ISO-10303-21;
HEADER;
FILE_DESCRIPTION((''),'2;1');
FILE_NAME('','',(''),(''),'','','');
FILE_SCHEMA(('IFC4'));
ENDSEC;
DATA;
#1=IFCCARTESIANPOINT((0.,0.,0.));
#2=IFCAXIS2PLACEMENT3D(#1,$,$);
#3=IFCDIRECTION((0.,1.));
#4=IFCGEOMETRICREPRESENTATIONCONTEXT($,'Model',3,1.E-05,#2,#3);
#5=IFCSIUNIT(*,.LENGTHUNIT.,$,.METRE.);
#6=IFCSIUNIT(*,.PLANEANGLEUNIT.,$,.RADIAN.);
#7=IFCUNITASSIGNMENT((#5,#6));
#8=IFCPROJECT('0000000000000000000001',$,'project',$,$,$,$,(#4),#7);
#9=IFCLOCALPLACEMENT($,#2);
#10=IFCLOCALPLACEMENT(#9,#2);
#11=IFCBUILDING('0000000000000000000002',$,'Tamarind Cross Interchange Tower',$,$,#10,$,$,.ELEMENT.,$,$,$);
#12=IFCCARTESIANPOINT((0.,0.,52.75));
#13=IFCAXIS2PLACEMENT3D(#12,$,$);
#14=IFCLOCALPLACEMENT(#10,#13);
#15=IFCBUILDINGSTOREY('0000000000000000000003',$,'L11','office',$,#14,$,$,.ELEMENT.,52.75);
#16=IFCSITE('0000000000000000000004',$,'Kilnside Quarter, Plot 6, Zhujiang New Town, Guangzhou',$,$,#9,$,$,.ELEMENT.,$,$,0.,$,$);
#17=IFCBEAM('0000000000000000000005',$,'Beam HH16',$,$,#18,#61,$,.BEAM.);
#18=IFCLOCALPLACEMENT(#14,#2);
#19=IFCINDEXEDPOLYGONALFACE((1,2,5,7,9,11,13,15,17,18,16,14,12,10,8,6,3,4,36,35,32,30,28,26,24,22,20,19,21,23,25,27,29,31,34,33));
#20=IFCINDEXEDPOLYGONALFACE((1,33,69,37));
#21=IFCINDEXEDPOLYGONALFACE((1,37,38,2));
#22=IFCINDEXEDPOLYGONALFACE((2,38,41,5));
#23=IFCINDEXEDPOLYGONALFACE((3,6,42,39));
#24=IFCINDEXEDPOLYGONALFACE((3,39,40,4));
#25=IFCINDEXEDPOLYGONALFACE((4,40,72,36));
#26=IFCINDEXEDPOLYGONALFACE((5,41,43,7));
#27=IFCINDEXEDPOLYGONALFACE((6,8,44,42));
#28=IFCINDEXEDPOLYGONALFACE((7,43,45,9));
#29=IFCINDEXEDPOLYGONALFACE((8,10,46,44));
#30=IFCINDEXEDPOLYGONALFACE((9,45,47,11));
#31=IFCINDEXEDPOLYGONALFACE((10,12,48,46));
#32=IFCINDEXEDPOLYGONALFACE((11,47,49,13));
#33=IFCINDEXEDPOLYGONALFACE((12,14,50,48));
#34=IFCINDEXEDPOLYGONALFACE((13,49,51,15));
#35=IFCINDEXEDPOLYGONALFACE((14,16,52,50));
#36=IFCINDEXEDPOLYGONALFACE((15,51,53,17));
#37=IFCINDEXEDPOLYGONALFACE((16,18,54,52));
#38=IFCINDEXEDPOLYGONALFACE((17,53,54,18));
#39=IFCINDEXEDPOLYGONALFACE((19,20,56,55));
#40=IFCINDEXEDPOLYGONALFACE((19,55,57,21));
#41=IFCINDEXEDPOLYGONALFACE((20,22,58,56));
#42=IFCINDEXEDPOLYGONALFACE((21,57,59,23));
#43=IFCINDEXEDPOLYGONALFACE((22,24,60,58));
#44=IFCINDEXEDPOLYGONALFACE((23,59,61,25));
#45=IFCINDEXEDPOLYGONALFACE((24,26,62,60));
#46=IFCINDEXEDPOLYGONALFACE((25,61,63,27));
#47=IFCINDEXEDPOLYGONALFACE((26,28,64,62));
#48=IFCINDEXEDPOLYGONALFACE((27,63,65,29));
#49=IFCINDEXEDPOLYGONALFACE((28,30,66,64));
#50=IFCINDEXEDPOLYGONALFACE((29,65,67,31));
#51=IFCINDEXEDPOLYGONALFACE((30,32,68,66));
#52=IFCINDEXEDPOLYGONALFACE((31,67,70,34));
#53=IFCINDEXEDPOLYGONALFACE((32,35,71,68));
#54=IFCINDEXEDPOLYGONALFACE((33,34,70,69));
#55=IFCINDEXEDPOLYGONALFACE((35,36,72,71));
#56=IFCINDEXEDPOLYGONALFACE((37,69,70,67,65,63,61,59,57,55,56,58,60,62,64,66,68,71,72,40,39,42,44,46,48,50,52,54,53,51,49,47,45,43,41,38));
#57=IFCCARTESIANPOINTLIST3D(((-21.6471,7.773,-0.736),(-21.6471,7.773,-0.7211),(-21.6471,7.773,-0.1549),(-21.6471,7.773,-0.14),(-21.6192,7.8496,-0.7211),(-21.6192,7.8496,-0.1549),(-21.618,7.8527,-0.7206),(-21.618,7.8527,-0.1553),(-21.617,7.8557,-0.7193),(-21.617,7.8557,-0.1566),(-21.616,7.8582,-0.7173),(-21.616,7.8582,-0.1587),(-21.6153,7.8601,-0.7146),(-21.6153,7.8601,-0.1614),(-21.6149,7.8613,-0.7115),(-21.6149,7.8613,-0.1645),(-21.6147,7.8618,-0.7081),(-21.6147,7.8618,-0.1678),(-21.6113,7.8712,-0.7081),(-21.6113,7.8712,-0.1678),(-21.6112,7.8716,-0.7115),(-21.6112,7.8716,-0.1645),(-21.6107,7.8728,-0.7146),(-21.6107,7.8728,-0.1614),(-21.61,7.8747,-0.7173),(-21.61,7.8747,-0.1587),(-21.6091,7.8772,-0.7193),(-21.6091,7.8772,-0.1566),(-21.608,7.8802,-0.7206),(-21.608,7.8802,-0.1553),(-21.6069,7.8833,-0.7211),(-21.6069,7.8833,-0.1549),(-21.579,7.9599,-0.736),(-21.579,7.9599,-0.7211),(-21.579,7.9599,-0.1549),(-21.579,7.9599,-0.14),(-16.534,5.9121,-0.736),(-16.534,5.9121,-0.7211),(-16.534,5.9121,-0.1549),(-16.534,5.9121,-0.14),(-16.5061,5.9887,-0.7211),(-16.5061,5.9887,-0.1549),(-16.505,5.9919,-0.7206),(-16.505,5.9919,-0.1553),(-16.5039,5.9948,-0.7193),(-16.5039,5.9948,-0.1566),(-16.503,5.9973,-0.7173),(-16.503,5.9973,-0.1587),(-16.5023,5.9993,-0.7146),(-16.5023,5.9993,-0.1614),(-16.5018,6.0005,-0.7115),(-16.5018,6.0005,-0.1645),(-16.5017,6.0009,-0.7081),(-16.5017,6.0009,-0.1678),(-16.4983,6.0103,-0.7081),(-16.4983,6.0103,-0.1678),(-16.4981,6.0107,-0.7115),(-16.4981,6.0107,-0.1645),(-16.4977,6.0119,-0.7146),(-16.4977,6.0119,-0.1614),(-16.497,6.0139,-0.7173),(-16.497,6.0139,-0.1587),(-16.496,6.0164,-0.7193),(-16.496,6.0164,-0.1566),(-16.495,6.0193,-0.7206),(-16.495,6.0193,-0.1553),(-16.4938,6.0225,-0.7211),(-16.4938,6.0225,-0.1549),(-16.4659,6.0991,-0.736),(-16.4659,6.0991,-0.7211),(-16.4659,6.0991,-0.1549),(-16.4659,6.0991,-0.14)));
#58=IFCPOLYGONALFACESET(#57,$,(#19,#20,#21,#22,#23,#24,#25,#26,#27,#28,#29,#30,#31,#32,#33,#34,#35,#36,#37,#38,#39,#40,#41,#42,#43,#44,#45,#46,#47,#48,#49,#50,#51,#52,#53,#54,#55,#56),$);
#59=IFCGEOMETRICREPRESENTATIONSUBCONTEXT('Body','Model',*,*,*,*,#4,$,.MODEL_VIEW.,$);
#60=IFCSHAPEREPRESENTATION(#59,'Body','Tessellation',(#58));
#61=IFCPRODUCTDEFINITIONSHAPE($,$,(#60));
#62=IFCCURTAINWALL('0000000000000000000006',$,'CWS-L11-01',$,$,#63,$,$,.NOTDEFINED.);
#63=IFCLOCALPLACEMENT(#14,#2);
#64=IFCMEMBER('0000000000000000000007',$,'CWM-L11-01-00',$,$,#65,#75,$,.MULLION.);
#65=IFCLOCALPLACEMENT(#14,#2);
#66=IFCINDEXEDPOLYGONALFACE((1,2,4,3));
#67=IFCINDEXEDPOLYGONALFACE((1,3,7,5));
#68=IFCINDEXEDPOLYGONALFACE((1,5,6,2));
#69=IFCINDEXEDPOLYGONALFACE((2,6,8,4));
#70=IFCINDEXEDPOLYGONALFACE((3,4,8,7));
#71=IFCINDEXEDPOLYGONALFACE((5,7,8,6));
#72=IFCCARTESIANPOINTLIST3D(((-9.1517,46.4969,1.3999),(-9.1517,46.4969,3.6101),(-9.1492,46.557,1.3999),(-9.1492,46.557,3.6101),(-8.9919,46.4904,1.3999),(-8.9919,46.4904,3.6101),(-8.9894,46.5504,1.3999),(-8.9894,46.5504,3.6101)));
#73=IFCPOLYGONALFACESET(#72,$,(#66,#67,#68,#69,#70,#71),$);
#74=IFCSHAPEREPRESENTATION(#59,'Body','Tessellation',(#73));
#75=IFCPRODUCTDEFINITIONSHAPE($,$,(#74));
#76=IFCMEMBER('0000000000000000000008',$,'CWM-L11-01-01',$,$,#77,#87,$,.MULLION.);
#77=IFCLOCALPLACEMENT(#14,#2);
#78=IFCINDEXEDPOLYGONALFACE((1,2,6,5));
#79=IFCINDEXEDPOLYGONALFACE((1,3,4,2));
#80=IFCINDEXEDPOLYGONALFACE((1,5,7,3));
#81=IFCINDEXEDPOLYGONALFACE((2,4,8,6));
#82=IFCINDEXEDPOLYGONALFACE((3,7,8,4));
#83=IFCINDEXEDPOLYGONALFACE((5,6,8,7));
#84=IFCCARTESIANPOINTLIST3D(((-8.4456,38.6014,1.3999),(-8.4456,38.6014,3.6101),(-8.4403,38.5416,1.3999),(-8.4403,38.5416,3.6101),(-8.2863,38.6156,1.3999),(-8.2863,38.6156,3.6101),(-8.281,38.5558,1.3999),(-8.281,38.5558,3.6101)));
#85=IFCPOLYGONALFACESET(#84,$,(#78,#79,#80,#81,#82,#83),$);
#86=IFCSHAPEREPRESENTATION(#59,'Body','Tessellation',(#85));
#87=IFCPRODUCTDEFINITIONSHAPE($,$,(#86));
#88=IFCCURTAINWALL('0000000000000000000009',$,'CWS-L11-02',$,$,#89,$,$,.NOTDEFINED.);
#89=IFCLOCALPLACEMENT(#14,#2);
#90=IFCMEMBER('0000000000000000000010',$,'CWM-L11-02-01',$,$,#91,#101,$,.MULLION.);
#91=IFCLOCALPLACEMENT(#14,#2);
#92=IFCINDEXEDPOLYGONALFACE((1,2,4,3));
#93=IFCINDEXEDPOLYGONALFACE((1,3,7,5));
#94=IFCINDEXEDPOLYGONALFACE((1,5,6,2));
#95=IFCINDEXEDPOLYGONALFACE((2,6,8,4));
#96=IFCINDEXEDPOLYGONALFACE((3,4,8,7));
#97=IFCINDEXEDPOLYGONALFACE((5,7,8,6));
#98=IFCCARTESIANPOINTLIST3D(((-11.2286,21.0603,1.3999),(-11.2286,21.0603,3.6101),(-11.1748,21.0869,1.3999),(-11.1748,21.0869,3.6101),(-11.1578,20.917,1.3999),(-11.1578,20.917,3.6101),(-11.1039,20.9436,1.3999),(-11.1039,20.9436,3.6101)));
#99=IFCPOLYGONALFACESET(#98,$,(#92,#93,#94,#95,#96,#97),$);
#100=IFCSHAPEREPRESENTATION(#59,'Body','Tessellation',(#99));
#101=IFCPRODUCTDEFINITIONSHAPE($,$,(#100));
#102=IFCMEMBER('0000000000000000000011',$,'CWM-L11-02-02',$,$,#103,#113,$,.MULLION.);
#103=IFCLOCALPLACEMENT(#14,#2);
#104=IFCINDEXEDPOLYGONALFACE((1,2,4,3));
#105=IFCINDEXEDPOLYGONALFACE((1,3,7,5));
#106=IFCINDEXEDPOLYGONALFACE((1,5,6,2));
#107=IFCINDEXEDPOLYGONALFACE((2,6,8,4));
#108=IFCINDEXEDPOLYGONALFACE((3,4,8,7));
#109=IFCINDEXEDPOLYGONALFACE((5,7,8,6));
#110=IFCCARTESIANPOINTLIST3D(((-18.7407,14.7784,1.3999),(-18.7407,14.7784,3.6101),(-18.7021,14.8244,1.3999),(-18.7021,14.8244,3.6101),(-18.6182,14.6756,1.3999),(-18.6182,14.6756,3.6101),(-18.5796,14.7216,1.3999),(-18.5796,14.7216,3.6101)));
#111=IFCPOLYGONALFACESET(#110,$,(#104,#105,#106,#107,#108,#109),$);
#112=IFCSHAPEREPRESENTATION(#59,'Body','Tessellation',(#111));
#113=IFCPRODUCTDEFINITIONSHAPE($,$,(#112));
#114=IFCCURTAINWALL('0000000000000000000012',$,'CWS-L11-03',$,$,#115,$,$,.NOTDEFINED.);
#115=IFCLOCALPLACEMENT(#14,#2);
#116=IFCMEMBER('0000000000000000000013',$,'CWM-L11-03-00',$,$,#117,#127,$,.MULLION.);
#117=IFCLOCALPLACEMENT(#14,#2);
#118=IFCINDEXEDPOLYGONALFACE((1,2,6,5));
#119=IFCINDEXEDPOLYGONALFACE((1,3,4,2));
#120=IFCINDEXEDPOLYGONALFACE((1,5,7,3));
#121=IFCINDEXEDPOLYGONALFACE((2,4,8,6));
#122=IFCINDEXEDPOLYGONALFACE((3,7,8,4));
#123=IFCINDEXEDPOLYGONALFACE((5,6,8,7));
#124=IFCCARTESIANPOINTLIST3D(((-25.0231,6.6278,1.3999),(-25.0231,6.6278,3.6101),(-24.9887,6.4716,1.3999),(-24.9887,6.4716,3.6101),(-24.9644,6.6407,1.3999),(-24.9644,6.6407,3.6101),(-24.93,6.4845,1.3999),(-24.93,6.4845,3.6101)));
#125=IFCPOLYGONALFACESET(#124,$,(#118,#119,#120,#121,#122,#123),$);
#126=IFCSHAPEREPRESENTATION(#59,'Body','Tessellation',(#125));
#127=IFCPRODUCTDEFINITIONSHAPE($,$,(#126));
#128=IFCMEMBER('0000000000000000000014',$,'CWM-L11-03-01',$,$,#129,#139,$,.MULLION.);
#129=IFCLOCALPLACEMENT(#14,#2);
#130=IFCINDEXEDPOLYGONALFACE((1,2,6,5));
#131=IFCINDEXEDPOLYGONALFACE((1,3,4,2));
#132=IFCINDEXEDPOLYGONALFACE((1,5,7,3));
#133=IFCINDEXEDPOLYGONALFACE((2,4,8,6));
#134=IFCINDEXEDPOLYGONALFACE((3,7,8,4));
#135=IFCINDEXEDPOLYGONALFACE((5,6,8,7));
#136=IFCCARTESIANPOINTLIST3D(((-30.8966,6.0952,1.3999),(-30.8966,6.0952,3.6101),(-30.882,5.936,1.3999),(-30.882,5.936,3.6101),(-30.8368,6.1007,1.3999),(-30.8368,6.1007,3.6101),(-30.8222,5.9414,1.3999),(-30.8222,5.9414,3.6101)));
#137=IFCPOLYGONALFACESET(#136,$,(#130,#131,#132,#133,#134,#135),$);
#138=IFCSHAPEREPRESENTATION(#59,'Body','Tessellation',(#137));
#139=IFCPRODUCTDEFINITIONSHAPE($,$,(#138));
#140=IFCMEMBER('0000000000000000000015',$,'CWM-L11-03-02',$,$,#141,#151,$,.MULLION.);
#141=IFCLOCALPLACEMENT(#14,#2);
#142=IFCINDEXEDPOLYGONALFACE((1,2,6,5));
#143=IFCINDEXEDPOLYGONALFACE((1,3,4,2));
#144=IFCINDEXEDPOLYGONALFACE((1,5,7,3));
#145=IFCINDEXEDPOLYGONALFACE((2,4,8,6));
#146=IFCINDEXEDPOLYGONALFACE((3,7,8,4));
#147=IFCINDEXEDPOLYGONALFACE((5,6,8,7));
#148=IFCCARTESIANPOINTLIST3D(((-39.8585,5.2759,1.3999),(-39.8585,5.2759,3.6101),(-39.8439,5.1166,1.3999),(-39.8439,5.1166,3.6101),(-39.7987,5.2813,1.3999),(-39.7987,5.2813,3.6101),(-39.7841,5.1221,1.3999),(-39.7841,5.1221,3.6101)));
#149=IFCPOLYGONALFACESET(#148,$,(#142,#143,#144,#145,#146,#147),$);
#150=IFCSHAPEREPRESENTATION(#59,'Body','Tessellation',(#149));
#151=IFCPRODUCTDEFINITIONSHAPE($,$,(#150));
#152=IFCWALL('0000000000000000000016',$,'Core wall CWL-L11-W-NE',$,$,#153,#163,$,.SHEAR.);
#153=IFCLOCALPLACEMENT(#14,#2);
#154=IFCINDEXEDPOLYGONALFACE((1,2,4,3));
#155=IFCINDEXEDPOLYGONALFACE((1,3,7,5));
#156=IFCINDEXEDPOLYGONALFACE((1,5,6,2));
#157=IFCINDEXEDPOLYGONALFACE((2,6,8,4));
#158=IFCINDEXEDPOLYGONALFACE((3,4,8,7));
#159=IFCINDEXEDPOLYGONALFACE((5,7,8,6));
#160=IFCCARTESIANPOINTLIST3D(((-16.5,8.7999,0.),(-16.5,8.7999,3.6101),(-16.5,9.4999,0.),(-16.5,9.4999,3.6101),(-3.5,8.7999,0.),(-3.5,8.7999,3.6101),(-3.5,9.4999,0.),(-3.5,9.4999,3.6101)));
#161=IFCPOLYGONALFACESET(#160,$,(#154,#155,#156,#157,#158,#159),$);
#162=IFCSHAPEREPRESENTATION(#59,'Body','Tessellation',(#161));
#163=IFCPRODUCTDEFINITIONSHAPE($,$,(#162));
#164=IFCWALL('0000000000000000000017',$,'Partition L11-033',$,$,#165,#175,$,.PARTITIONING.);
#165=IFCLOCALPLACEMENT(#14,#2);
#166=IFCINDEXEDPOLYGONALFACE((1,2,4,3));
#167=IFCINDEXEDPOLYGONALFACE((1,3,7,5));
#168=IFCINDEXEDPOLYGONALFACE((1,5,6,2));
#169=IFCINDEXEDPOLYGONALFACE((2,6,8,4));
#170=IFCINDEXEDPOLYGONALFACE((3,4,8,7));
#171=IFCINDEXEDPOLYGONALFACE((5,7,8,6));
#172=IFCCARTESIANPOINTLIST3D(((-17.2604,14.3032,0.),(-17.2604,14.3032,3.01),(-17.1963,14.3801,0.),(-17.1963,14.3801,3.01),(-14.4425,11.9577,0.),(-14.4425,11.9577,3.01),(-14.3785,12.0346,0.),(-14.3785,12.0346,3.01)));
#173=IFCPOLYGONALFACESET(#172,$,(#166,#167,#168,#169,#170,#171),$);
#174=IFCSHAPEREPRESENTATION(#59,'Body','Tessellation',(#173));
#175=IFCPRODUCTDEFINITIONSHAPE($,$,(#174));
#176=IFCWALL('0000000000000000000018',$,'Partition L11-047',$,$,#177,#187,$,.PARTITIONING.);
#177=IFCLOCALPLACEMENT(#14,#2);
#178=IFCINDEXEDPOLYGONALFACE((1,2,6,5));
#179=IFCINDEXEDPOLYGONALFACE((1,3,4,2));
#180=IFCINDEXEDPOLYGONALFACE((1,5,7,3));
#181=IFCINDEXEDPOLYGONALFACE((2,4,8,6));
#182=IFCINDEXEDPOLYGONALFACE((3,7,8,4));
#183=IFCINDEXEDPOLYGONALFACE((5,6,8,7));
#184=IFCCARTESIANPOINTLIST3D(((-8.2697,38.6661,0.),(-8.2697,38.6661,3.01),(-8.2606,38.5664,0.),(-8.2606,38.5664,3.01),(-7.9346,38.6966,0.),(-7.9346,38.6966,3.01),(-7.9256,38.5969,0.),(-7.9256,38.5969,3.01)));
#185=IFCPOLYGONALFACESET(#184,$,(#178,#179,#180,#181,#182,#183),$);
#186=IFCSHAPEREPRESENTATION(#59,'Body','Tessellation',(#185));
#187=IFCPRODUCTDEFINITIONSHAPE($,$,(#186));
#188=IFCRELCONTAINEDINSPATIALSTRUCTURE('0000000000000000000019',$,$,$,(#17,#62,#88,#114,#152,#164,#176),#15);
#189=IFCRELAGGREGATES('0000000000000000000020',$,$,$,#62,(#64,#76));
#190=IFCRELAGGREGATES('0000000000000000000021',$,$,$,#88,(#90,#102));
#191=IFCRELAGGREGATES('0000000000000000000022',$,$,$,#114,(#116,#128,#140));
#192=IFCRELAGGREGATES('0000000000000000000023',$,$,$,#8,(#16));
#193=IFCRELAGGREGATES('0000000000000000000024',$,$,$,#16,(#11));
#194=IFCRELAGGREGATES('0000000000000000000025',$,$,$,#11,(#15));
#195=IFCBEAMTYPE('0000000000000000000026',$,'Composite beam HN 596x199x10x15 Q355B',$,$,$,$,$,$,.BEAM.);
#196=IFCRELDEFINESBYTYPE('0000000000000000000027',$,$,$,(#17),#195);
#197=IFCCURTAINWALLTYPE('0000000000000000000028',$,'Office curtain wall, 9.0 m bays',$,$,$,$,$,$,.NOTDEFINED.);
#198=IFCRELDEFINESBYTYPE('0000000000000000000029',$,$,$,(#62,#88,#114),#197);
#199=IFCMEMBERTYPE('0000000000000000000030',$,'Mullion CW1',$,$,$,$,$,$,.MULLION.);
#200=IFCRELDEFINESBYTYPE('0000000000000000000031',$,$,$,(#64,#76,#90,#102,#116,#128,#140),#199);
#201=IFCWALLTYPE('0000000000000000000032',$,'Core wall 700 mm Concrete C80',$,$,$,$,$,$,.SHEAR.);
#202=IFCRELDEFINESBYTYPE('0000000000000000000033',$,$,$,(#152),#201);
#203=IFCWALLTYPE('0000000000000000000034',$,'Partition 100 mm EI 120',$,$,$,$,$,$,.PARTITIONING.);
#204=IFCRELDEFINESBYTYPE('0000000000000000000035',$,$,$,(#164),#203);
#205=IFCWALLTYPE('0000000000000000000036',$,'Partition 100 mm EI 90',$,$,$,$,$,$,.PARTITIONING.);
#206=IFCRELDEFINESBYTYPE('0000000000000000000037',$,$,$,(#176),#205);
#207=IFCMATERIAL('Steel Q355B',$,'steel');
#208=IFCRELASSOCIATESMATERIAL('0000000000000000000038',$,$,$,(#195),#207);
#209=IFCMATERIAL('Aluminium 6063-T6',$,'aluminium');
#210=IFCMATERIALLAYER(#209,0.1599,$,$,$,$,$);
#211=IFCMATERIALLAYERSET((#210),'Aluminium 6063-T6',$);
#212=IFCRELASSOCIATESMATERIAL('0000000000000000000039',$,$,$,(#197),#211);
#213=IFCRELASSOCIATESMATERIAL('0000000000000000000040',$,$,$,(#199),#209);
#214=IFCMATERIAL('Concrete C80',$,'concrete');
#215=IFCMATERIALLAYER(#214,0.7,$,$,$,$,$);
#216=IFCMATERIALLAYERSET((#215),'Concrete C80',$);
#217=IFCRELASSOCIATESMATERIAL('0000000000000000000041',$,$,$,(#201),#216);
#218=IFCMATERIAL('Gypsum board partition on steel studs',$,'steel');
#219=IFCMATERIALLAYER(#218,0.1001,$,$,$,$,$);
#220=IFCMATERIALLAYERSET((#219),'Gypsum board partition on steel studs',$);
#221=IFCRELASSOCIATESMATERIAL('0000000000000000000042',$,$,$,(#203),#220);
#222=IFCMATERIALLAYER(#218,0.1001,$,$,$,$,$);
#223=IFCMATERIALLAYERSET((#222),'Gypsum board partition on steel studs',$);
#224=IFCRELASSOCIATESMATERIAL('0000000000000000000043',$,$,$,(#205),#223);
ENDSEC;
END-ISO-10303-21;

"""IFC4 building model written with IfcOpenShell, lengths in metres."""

from ifc_helpers import new_model, si_unit, direction, frame, frame_2d, origin, origin_2d, place, context, subcontext, project, spatial, rectangle, i_section, extrude, material, layer, layer_set, material_profile, profile_set, type_object, element, aggregate, save


model = new_model("IFC4")

# Units and contexts
model_context = context("Model", 3, precision=1e-05, world=origin(), true_north=direction((0.0, 1.0)))
body_context = subcontext(model_context, "Body", "Model", "MODEL_VIEW")
ifc_project = project(units=[si_unit("LENGTHUNIT", "METRE"), si_unit("PLANEANGLEUNIT", "RADIAN")], contexts=[model_context])

# Site, building, storey
site_placement = place(None, origin())
site = spatial("IfcSite", under=ifc_project, at=site_placement, Name="Kilnside Quarter, Plot 6, Zhujiang New Town, Guangzhou", CompositionType="ELEMENT", RefElevation=0.0)
building_placement = place(site_placement, origin())
building = spatial("IfcBuilding", under=site, at=building_placement, Name="Tamarind Cross Interchange Tower", CompositionType="ELEMENT")
storey_placement = place(building_placement, frame((0.0, 0.0, 52.75)))
storey = spatial("IfcBuildingStorey", under=building, at=storey_placement, Name="L11", Description="office", CompositionType="ELEMENT", Elevation=52.75)

# Beam
ifc_material_1 = material(Name="Steel Q355B", Category="steel")
ifc_material_profile_1 = material_profile(ifc_material_1, i_section(OverallWidth=0.199, OverallDepth=0.5959, WebThickness=0.01, FlangeThickness=0.0149, FilletRadius=0.0129, at=origin_2d()), Name="HN 596x199x10x15")
ifc_profile_set_1 = profile_set([ifc_material_profile_1], Name="Steel Q355B")
beam_type_1 = type_object("IfcBeamType", Name="Composite beam HN 596x199x10x15 Q355B", PredefinedType="BEAM", material=ifc_profile_set_1)
beam_1_placement = place(storey_placement, frame((-21.613, 7.8665, -0.438), z_axis=(0.939702, -0.341995, 0.0), x_axis=(0.341995, 0.939702, 0.0)))
element("IfcBeam", 1, at=beam_1_placement, inside=storey, type_object=beam_type_1, Name="Beam HH16", PredefinedType="BEAM", context=body_context, shape_type="SweptSolid", body=[
    extrude(i_section(OverallWidth=0.199, OverallDepth=0.5959, WebThickness=0.01, FlangeThickness=0.0149, FilletRadius=0.0129, at=origin_2d()), origin(), (0.0, 0.0, 1.0), 5.4412),
])

# Curtain walls, members
ifc_material_2 = material(Name="Aluminium 6063-T6", Category="aluminium")
ifc_layer_1 = layer(ifc_material_2, 0.1599)
ifc_layer_set_1 = layer_set([ifc_layer_1], Name="Aluminium 6063-T6")
curtain_wall_type = type_object("IfcCurtainWallType", Name="Office curtain wall, 9.0 m bays", PredefinedType="NOTDEFINED", material=ifc_layer_set_1)
curtain_wall_1_placement = place(storey_placement, origin())
curtain_wall_1 = element("IfcCurtainWall", 2, at=curtain_wall_1_placement, inside=storey, type_object=curtain_wall_type, Name="CWS-L11-01", PredefinedType="NOTDEFINED")
ifc_material_profile_2 = material_profile(ifc_material_2, rectangle(XDim=0.0601, YDim=0.1599, at=origin_2d()), Name="Mullion CW1")
ifc_profile_set_2 = profile_set([ifc_material_profile_2], Name="Aluminium 6063-T6")
member_type = type_object("IfcMemberType", Name="Mullion CW1", PredefinedType="MULLION", material=ifc_profile_set_2)
member_1_placement = place(storey_placement, frame((-9.0706, 46.5237, 1.3999), z_axis=(0.0, 0.0, 1.0), x_axis=(-0.0409, -0.999163, 0.0)))
member_1 = element("IfcMember", 3, at=member_1_placement, type_object=member_type, Name="CWM-L11-01-00", PredefinedType="MULLION", context=body_context, shape_type="SweptSolid", body=[
    extrude(rectangle(XDim=0.0601, YDim=0.1599, at=origin_2d()), origin(), (0.0, 0.0, 1.0), 2.2102),
])
member_2_placement = place(storey_placement, frame((-8.3633, 38.5786, 1.3999), z_axis=(0.0, 0.0, 1.0), x_axis=(0.088684, -0.99606, 0.0)))
member_2 = element("IfcMember", 4, at=member_2_placement, type_object=member_type, Name="CWM-L11-01-01", PredefinedType="MULLION", context=body_context, shape_type="SweptSolid", body=[
    extrude(rectangle(XDim=0.0601, YDim=0.1599, at=origin_2d()), origin(), (0.0, 0.0, 1.0), 2.2102),
])
aggregate(curtain_wall_1, [member_1, member_2])
curtain_wall_2_placement = place(storey_placement, origin())
curtain_wall_2 = element("IfcCurtainWall", 5, at=curtain_wall_2_placement, inside=storey, type_object=curtain_wall_type, Name="CWS-L11-02", PredefinedType="NOTDEFINED")
member_3_placement = place(storey_placement, frame((-11.1663, 21.002, 1.3999), z_axis=(0.0, 0.0, 1.0), x_axis=(-0.896493, -0.443059, 0.0)))
member_3 = element("IfcMember", 6, at=member_3_placement, type_object=member_type, Name="CWM-L11-02-01", PredefinedType="MULLION", context=body_context, shape_type="SweptSolid", body=[
    extrude(rectangle(XDim=0.0601, YDim=0.1599, at=origin_2d()), origin(), (0.0, 0.0, 1.0), 2.2102),
])
member_4_placement = place(storey_placement, frame((-18.6602, 14.75, 1.3999), z_axis=(0.0, 0.0, 1.0), x_axis=(-0.643009, -0.765858, 0.0)))
member_4 = element("IfcMember", 7, at=member_4_placement, type_object=member_type, Name="CWM-L11-02-02", PredefinedType="MULLION", context=body_context, shape_type="SweptSolid", body=[
    extrude(rectangle(XDim=0.0601, YDim=0.1599, at=origin_2d()), origin(), (0.0, 0.0, 1.0), 2.2102),
])
aggregate(curtain_wall_2, [member_3, member_4])
curtain_wall_3_placement = place(storey_placement, origin())
curtain_wall_3 = element("IfcCurtainWall", 8, at=curtain_wall_3_placement, inside=storey, type_object=curtain_wall_type, Name="CWS-L11-03", PredefinedType="NOTDEFINED")
member_5_placement = place(storey_placement, frame((-24.9766, 6.5562, 1.3999), z_axis=(0.0, 0.0, 1.0), x_axis=(-0.976559, -0.215251, 0.0)))
member_5 = element("IfcMember", 9, at=member_5_placement, type_object=member_type, Name="CWM-L11-03-00", PredefinedType="MULLION", context=body_context, shape_type="SweptSolid", body=[
    extrude(rectangle(XDim=0.0601, YDim=0.1599, at=origin_2d()), origin(), (0.0, 0.0, 1.0), 2.2102),
])
member_6_placement = place(storey_placement, frame((-30.8594, 6.0183, 1.3999), z_axis=(0.0, 0.0, 1.0), x_axis=(-0.995846, -0.09105, 0.0)))
member_6 = element("IfcMember", 10, at=member_6_placement, type_object=member_type, Name="CWM-L11-03-01", PredefinedType="MULLION", context=body_context, shape_type="SweptSolid", body=[
    extrude(rectangle(XDim=0.0601, YDim=0.1599, at=origin_2d()), origin(), (0.0, 0.0, 1.0), 2.2102),
])
member_7_placement = place(storey_placement, frame((-39.8213, 5.199, 1.3999), z_axis=(0.0, 0.0, 1.0), x_axis=(-0.995846, -0.09105, 0.0)))
member_7 = element("IfcMember", 11, at=member_7_placement, type_object=member_type, Name="CWM-L11-03-02", PredefinedType="MULLION", context=body_context, shape_type="SweptSolid", body=[
    extrude(rectangle(XDim=0.0601, YDim=0.1599, at=origin_2d()), origin(), (0.0, 0.0, 1.0), 2.2102),
])
aggregate(curtain_wall_3, [member_5, member_6, member_7])

# Walls
ifc_material_3 = material(Name="Concrete C80", Category="concrete")
ifc_layer_2 = layer(ifc_material_3, 0.7)
ifc_layer_set_2 = layer_set([ifc_layer_2], Name="Concrete C80")
wall_type_1 = type_object("IfcWallType", Name="Core wall 700 mm Concrete C80", PredefinedType="SHEAR", material=ifc_layer_set_2)
wall_1_placement = place(storey_placement, frame((-16.5, 9.1499, 0.0), z_axis=(0.0, 0.0, 1.0), x_axis=(1.0, 0.0, 0.0)))
element("IfcWall", 12, at=wall_1_placement, inside=storey, type_object=wall_type_1, Name="Core wall CWL-L11-W-NE", PredefinedType="SHEAR", context=body_context, shape_type="SweptSolid", body=[
    extrude(rectangle(XDim=13.0, YDim=0.7, at=frame_2d((6.5, 0.0))), origin(), (0.0, 0.0, 1.0), 3.6101),
])
ifc_material_4 = material(Name="Gypsum board partition on steel studs", Category="steel")
ifc_layer_3 = layer(ifc_material_4, 0.1001)
ifc_layer_set_3 = layer_set([ifc_layer_3], Name="Gypsum board partition on steel studs")
wall_type_2 = type_object("IfcWallType", Name="Partition 100 mm EI 120", PredefinedType="PARTITIONING", material=ifc_layer_set_3)
wall_2_placement = place(storey_placement, frame((-17.2283, 14.3416, 0.0), z_axis=(0.0, 0.0, 1.0), x_axis=(0.768592, -0.639739, 0.0)))
element("IfcWall", 13, at=wall_2_placement, inside=storey, type_object=wall_type_2, Name="Partition L11-033", PredefinedType="PARTITIONING", context=body_context, shape_type="SweptSolid", body=[
    extrude(rectangle(XDim=3.6663, YDim=0.1001, at=frame_2d((1.833, 0.0))), origin(), (0.0, 0.0, 1.0), 3.01),
])
ifc_layer_4 = layer(ifc_material_4, 0.1001)
ifc_layer_set_4 = layer_set([ifc_layer_4], Name="Gypsum board partition on steel studs")
wall_type_3 = type_object("IfcWallType", Name="Partition 100 mm EI 90", PredefinedType="PARTITIONING", material=ifc_layer_set_4)
wall_3_placement = place(storey_placement, frame((-8.2651, 38.6162, 0.0), z_axis=(0.0, 0.0, 1.0), x_axis=(0.995875, 0.090732, 0.0)))
element("IfcWall", 14, at=wall_3_placement, inside=storey, type_object=wall_type_3, Name="Partition L11-047", PredefinedType="PARTITIONING", context=body_context, shape_type="SweptSolid", body=[
    extrude(rectangle(XDim=0.3364, YDim=0.1001, at=frame_2d((0.1682, 0.0))), origin(), (0.0, 0.0, 1.0), 3.01),
])

save(model, "model.ifc")
